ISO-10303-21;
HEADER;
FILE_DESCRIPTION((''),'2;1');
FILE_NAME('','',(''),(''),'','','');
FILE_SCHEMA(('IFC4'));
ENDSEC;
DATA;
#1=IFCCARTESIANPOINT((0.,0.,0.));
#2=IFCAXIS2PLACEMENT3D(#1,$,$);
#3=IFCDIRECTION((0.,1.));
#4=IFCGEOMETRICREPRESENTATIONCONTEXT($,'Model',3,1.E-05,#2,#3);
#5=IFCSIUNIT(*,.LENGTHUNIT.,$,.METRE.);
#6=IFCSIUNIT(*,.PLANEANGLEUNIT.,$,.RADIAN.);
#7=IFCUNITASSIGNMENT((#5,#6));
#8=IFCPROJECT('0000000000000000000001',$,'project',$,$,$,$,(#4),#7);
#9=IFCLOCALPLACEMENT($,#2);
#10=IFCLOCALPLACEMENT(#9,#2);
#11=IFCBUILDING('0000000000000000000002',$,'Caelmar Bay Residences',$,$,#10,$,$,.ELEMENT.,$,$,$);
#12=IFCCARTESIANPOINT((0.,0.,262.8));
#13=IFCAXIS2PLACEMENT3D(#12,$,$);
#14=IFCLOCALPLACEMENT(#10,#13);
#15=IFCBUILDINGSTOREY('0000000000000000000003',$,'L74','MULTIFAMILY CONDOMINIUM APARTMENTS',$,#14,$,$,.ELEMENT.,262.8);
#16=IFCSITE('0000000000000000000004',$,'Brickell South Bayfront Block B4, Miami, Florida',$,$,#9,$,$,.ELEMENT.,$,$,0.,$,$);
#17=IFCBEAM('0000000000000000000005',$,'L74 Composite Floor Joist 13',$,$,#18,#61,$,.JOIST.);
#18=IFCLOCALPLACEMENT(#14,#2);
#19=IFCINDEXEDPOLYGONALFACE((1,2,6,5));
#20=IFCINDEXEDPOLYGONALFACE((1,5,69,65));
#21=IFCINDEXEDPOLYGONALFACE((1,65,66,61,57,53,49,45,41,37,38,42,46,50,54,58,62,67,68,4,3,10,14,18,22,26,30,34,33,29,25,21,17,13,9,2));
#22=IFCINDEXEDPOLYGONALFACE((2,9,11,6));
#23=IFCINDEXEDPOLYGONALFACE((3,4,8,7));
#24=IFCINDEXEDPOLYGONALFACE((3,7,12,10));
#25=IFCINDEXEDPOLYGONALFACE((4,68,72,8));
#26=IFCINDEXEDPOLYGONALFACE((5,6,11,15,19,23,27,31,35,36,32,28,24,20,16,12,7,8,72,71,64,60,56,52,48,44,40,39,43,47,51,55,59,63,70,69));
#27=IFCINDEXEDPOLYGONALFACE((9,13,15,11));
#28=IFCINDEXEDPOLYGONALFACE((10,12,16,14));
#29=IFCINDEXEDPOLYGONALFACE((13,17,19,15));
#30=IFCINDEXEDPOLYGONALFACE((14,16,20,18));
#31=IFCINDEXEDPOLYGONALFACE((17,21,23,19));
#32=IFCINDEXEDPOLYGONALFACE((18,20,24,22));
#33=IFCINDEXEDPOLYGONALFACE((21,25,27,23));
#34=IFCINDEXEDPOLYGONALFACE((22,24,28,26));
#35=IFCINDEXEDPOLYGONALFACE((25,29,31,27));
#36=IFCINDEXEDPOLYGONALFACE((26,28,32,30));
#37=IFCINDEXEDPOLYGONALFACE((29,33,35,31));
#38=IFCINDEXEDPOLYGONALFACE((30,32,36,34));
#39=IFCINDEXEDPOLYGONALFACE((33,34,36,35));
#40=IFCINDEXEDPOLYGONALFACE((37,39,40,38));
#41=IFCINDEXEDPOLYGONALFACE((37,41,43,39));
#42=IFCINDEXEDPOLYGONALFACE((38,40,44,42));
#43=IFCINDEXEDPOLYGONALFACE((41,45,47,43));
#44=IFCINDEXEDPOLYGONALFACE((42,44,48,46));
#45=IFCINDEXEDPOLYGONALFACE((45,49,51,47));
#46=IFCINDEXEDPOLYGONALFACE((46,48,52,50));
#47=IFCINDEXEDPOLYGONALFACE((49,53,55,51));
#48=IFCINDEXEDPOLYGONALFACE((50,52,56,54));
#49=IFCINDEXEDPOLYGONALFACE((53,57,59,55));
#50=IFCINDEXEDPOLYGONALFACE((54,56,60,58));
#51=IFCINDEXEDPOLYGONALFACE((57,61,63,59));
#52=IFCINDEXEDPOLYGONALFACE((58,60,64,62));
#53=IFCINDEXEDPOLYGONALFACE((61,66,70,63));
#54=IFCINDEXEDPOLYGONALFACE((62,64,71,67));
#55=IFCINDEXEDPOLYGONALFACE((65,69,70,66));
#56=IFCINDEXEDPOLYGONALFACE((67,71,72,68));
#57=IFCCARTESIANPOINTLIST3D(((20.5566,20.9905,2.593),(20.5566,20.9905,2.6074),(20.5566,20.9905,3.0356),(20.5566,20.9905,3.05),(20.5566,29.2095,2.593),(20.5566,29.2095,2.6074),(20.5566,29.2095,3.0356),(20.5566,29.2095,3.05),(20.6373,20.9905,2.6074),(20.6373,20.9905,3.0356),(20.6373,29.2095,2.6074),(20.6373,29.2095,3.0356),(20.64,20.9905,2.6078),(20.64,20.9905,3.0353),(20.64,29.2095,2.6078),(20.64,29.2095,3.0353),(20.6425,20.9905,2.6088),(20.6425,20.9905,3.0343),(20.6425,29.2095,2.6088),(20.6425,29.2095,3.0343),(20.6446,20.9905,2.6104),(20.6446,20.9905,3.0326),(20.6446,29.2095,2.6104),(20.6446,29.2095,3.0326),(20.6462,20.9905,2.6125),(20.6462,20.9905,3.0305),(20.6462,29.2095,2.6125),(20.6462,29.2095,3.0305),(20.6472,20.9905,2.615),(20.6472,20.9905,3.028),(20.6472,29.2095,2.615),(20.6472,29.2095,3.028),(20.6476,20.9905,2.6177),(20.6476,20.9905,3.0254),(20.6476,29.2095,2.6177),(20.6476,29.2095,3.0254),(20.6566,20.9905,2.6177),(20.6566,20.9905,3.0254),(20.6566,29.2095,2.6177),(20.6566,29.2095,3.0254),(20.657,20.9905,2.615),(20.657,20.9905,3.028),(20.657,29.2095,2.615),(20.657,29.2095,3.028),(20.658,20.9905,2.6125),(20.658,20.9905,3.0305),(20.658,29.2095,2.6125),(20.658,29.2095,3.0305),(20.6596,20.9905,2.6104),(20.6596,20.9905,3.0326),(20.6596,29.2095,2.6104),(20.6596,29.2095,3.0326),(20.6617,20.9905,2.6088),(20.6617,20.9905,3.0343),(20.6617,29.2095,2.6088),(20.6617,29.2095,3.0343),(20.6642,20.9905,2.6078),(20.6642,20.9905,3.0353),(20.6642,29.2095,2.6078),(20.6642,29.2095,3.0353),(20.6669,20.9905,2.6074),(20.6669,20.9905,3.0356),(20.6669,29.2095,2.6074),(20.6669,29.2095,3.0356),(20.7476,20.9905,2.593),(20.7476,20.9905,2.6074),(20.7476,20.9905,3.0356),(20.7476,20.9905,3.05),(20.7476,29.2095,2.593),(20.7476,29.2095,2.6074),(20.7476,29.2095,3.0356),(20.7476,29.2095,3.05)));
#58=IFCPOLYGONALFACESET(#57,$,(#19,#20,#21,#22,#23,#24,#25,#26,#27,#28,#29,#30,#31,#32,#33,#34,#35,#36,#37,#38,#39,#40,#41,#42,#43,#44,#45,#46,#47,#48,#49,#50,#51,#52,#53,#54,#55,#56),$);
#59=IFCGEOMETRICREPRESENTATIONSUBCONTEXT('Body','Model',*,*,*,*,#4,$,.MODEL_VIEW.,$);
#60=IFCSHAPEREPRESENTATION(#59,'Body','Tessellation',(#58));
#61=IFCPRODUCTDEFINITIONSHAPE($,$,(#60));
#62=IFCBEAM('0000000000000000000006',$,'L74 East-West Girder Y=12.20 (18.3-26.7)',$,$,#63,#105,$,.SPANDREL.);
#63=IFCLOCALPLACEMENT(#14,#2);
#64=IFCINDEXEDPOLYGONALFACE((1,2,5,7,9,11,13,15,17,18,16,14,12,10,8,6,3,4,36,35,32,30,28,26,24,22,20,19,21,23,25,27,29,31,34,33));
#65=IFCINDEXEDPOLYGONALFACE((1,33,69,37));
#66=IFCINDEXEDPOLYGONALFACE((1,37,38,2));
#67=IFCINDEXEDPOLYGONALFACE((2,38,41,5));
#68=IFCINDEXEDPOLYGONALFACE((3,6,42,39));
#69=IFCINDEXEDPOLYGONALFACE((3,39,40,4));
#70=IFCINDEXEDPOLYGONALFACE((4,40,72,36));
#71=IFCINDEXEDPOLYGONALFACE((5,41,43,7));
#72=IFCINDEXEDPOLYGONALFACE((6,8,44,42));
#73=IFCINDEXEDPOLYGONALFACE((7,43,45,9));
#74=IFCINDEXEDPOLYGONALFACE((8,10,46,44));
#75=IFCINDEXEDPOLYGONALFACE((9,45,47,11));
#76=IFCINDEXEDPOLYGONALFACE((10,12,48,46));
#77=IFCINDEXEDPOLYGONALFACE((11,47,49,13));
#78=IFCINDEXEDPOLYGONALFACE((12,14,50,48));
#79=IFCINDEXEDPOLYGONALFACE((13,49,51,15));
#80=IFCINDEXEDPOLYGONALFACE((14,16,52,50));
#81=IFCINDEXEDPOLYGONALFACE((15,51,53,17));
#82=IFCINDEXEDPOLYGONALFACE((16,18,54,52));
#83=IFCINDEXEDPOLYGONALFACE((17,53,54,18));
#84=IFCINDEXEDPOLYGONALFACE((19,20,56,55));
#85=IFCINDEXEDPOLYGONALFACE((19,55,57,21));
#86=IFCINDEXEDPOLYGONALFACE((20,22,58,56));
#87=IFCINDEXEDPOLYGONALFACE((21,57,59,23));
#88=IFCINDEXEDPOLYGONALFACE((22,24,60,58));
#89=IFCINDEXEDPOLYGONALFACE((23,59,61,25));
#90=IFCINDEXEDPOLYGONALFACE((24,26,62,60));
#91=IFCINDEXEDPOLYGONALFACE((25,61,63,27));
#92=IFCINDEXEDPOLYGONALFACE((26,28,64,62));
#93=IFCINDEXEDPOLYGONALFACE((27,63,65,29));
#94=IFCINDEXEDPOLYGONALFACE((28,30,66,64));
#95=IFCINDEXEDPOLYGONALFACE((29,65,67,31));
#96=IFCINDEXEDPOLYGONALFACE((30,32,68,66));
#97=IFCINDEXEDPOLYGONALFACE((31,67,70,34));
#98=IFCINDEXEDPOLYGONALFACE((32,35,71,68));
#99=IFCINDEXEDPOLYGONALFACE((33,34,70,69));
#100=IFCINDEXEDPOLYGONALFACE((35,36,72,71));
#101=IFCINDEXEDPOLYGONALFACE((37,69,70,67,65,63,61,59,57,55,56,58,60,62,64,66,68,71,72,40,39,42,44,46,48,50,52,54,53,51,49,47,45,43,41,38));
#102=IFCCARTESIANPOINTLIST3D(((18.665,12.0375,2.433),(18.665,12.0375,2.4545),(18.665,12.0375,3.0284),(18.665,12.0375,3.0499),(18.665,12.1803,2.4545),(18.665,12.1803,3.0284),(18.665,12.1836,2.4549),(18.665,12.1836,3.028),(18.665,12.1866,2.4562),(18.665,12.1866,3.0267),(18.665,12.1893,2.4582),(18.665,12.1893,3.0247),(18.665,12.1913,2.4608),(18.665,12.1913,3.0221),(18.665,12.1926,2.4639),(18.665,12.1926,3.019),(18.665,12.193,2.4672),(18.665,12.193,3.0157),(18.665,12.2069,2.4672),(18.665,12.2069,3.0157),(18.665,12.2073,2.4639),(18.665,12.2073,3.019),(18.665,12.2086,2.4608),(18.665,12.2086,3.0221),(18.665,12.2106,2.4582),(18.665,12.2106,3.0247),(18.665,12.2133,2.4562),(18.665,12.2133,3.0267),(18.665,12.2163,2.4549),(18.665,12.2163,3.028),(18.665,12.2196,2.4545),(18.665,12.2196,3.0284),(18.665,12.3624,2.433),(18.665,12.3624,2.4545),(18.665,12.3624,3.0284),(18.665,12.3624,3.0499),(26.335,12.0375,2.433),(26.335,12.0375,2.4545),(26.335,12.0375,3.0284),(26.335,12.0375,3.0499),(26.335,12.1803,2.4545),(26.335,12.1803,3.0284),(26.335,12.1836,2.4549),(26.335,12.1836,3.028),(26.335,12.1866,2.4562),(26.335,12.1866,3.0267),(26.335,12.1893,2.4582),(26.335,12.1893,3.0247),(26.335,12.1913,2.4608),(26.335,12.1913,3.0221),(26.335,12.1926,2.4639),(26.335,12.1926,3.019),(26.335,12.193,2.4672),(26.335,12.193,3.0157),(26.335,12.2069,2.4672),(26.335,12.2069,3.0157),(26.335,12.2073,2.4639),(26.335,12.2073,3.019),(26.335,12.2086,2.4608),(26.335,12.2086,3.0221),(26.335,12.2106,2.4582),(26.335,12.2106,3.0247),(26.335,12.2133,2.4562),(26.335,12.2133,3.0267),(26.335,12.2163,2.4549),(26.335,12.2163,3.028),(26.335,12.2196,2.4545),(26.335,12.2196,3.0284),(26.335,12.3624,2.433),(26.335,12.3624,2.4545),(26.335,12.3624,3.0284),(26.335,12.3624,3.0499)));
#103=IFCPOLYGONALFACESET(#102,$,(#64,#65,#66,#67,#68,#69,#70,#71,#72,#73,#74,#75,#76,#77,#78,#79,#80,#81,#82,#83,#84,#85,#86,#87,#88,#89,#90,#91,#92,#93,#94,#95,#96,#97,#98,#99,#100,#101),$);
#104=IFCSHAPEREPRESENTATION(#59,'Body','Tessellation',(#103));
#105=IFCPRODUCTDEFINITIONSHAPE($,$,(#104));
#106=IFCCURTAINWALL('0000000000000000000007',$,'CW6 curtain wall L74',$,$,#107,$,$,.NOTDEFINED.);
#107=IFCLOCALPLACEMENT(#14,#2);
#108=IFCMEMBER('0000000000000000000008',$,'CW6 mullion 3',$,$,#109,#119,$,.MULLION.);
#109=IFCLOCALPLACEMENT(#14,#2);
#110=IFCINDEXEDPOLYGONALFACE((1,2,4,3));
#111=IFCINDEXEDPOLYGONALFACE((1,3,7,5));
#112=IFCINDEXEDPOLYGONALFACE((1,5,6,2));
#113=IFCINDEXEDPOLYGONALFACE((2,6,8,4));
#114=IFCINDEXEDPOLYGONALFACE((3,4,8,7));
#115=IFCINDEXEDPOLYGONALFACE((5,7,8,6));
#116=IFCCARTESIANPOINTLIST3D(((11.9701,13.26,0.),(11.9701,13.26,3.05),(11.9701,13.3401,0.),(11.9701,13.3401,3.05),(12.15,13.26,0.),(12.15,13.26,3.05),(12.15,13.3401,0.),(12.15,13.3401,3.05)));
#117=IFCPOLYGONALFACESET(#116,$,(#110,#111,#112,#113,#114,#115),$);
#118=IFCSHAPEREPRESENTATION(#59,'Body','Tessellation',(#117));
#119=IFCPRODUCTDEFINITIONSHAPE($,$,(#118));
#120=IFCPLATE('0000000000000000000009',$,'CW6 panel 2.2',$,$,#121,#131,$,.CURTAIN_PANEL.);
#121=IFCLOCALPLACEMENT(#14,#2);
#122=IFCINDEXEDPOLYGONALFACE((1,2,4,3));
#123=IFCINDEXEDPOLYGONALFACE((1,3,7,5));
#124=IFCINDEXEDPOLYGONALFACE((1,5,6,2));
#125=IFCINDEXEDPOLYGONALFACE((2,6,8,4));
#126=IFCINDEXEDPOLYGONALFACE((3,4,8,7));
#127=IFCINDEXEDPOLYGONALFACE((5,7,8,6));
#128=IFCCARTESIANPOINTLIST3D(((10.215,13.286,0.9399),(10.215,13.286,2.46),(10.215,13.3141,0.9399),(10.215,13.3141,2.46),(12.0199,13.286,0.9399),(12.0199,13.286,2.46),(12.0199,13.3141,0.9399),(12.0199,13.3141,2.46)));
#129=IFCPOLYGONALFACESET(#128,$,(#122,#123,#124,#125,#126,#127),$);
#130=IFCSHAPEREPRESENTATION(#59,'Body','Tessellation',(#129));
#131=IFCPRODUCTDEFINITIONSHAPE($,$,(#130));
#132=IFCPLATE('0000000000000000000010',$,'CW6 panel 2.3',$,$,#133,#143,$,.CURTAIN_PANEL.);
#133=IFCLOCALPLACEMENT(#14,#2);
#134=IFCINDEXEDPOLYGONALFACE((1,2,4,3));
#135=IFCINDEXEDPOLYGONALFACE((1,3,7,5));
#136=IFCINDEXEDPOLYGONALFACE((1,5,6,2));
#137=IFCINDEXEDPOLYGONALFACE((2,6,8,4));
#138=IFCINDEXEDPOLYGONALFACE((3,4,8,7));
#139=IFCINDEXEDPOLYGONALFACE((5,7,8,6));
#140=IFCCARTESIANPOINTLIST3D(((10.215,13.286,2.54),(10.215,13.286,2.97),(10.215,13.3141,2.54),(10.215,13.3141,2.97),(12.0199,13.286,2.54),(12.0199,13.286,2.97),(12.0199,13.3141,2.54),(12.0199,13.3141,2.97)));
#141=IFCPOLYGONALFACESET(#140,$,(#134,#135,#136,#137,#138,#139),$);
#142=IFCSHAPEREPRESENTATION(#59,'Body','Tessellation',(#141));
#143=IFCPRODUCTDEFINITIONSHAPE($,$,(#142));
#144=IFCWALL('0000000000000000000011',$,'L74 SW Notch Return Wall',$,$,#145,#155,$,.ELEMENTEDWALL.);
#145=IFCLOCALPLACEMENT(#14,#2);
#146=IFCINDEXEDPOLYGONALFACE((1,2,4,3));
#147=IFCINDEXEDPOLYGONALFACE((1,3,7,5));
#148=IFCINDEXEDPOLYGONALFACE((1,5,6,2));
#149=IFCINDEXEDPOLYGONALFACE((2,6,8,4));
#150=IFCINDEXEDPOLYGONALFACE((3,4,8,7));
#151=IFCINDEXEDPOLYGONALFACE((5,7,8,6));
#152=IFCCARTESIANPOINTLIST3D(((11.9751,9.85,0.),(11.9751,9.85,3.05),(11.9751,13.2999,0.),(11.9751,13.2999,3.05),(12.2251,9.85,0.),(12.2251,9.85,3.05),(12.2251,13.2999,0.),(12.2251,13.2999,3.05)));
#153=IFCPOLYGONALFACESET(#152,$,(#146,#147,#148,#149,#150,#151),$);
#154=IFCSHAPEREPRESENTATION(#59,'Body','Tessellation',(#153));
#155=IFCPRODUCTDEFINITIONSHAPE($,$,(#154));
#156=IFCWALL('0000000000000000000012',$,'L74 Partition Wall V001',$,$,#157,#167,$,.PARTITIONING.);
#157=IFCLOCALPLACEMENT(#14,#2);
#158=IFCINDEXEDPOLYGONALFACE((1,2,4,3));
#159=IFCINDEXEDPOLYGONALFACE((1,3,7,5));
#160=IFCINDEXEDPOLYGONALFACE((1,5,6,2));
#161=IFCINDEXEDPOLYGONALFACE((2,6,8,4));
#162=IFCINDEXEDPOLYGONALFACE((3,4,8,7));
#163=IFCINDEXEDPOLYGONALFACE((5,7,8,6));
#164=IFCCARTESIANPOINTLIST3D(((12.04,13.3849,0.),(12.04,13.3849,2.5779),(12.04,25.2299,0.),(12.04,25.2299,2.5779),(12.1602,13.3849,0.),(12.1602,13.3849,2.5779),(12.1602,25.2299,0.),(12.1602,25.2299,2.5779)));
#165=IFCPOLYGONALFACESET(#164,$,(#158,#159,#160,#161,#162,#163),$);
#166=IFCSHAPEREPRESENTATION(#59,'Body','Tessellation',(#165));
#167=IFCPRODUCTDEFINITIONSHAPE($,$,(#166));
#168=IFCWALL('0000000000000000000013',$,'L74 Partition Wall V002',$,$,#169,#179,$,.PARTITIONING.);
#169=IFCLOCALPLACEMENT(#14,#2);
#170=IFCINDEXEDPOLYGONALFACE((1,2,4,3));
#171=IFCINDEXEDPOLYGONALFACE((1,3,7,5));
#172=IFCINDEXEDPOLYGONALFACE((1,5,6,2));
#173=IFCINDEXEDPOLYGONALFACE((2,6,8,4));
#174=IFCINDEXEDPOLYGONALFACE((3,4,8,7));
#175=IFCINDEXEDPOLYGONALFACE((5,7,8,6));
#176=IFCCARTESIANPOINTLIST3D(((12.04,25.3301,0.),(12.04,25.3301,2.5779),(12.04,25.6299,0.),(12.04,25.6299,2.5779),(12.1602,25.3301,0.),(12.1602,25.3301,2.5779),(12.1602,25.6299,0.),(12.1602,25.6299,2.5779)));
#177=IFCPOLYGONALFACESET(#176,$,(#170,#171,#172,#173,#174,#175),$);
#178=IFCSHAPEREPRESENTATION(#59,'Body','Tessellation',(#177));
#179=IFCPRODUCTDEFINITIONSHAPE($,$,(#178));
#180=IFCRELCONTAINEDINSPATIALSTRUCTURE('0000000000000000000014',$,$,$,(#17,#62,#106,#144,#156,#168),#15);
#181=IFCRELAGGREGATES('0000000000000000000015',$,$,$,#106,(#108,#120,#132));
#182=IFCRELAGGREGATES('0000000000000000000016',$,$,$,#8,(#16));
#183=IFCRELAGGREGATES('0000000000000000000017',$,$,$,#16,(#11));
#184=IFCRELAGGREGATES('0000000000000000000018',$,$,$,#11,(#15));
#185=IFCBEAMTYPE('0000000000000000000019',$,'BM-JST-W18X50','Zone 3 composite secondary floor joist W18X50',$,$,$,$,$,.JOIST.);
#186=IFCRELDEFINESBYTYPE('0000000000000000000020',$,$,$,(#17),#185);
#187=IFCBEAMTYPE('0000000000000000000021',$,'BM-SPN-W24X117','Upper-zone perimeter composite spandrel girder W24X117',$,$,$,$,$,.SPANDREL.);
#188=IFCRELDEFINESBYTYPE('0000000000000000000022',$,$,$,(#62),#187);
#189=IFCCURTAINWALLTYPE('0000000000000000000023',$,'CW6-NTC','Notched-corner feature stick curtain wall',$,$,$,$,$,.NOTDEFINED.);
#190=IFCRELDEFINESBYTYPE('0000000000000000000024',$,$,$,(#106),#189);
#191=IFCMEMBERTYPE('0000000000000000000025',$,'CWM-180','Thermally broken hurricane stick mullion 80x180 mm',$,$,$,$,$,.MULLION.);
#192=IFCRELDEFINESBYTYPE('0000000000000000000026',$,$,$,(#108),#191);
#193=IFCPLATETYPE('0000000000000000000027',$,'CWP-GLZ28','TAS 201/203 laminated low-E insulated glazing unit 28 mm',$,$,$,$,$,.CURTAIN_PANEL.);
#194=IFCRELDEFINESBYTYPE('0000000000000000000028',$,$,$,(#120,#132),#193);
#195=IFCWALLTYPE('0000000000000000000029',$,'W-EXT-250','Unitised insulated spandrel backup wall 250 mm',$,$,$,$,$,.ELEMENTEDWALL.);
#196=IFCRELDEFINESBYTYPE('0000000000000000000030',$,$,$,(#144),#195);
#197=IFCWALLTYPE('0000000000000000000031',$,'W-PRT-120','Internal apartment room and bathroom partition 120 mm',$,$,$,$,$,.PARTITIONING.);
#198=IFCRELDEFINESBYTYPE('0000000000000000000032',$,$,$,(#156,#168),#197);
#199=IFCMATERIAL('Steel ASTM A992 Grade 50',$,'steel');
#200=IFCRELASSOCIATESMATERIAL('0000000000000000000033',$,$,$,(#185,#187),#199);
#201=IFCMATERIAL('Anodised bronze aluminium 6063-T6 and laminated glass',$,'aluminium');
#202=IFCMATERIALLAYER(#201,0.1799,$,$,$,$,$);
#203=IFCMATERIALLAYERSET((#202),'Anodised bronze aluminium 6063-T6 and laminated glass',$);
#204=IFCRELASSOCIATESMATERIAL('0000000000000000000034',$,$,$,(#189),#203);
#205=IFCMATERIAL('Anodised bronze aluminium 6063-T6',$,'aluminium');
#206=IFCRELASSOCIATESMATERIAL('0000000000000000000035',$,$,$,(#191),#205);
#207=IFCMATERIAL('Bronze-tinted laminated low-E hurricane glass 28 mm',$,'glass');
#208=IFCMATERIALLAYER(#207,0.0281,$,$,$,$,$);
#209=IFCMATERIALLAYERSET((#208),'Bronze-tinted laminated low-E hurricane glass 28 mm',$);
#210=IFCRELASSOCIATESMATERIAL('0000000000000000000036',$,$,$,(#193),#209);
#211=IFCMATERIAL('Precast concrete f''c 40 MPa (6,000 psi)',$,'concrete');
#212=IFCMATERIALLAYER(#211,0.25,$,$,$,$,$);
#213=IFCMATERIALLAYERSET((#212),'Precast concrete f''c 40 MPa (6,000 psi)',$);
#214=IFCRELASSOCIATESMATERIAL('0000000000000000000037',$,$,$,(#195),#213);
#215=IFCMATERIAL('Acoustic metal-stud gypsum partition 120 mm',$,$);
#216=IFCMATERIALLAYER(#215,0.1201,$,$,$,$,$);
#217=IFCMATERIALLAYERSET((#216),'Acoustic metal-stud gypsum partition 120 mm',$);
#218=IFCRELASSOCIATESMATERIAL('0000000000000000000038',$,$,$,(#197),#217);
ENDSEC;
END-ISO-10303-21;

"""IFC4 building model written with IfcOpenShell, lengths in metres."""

from ifc_helpers import new_model, si_unit, direction, frame, frame_2d, origin, origin_2d, place, context, subcontext, project, spatial, rectangle, i_section, extrude, material, layer, layer_set, material_profile, profile_set, type_object, element, aggregate, save


model = new_model("IFC4")

# Units and contexts
model_context = context("Model", 3, precision=1e-05, world=origin(), true_north=direction((0.0, 1.0)))
body_context = subcontext(model_context, "Body", "Model", "MODEL_VIEW")
ifc_project = project(units=[si_unit("LENGTHUNIT", "METRE"), si_unit("PLANEANGLEUNIT", "RADIAN")], contexts=[model_context])

# Site, building, storey
site_placement = place(None, origin())
site = spatial("IfcSite", under=ifc_project, at=site_placement, Name="Brickell South Bayfront Block B4, Miami, Florida", CompositionType="ELEMENT", RefElevation=0.0)
building_placement = place(site_placement, origin())
building = spatial("IfcBuilding", under=site, at=building_placement, Name="Caelmar Bay Residences", CompositionType="ELEMENT")
storey_placement = place(building_placement, frame((0.0, 0.0, 262.8)))
storey = spatial("IfcBuildingStorey", under=building, at=storey_placement, Name="L74", Description="MULTIFAMILY CONDOMINIUM APARTMENTS", CompositionType="ELEMENT", Elevation=262.8)

# Beams
ifc_material_1 = material(Name="Steel ASTM A992 Grade 50", Category="steel")
ifc_material_profile_1 = material_profile(ifc_material_1, i_section(OverallWidth=0.1909, OverallDepth=0.457, WebThickness=0.009, FlangeThickness=0.0144, FilletRadius=0.0103, at=origin_2d()), Name="W18X50")
ifc_profile_set_1 = profile_set([ifc_material_profile_1], Name="Steel ASTM A992 Grade 50")
beam_type_1 = type_object("IfcBeamType", Name="BM-JST-W18X50", Description="Zone 3 composite secondary floor joist W18X50", PredefinedType="JOIST", material=ifc_profile_set_1)
for number, where, z_axis, x_axis, name in (
    (1, (20.6521, 20.9905, 2.8215), (0.0, 1.0, 0.0), (-1.0, 0.0, 0.0), "L74 Composite Floor Joist 13"),
):
    element("IfcBeam", number, at=place(storey_placement, frame(where, z_axis=z_axis, x_axis=x_axis)), inside=storey, type_object=beam_type_1, Name=name, PredefinedType="JOIST", context=body_context, shape_type="SweptSolid", body=[
        extrude(i_section(OverallWidth=0.1909, OverallDepth=0.457, WebThickness=0.009, FlangeThickness=0.0144, FilletRadius=0.0103, at=origin_2d()), origin(), (0.0, 0.0, 1.0), 8.219),
    ])
ifc_material_profile_2 = material_profile(ifc_material_1, i_section(OverallWidth=0.325, OverallDepth=0.6169, WebThickness=0.0139, FlangeThickness=0.0215, FilletRadius=0.0127, at=origin_2d()), Name="W24X117")
ifc_profile_set_2 = profile_set([ifc_material_profile_2], Name="Steel ASTM A992 Grade 50")
beam_type_2 = type_object("IfcBeamType", Name="BM-SPN-W24X117", Description="Upper-zone perimeter composite spandrel girder W24X117", PredefinedType="SPANDREL", material=ifc_profile_set_2)
beam_1_placement = place(storey_placement, frame((18.665, 12.2, 2.7415), z_axis=(1.0, 0.0, 0.0), x_axis=(0.0, 1.0, 0.0)))
element("IfcBeam", 2, at=beam_1_placement, inside=storey, type_object=beam_type_2, Name="L74 East-West Girder Y=12.20 (18.3-26.7)", PredefinedType="SPANDREL", context=body_context, shape_type="SweptSolid", body=[
    extrude(i_section(OverallWidth=0.325, OverallDepth=0.6169, WebThickness=0.0139, FlangeThickness=0.0215, FilletRadius=0.0127, at=origin_2d()), origin(), (0.0, 0.0, 1.0), 7.6699),
])

# Curtain wall, member, plates
ifc_material_2 = material(Name="Anodised bronze aluminium 6063-T6 and laminated glass", Category="aluminium")
ifc_layer_1 = layer(ifc_material_2, 0.1799)
ifc_layer_set_1 = layer_set([ifc_layer_1], Name="Anodised bronze aluminium 6063-T6 and laminated glass")
curtain_wall_type = type_object("IfcCurtainWallType", Name="CW6-NTC", Description="Notched-corner feature stick curtain wall", PredefinedType="NOTDEFINED", material=ifc_layer_set_1)
curtain_wall_placement = place(storey_placement, origin())
curtain_wall = element("IfcCurtainWall", 3, at=curtain_wall_placement, inside=storey, type_object=curtain_wall_type, Name="CW6 curtain wall L74", PredefinedType="NOTDEFINED")
ifc_material_3 = material(Name="Anodised bronze aluminium 6063-T6", Category="aluminium")
ifc_material_profile_3 = material_profile(ifc_material_3, rectangle(XDim=0.0801, YDim=0.1799, at=origin_2d()), Name="CWM-80X180")
ifc_profile_set_3 = profile_set([ifc_material_profile_3], Name="Anodised bronze aluminium 6063-T6")
member_type = type_object("IfcMemberType", Name="CWM-180", Description="Thermally broken hurricane stick mullion 80x180 mm", PredefinedType="MULLION", material=ifc_profile_set_3)
member_placement = place(storey_placement, frame((12.0601, 13.3, 0.0), z_axis=(0.0, 0.0, 1.0), x_axis=(0.0, 1.0, 0.0)))
member = element("IfcMember", 4, at=member_placement, type_object=member_type, Name="CW6 mullion 3", PredefinedType="MULLION", context=body_context, shape_type="SweptSolid", body=[
    extrude(rectangle(XDim=0.0801, YDim=0.1799, at=origin_2d()), origin(), (0.0, 0.0, 1.0), 3.05),
])
ifc_material_4 = material(Name="Bronze-tinted laminated low-E hurricane glass 28 mm", Category="glass")
ifc_layer_2 = layer(ifc_material_4, 0.0281)
ifc_layer_set_2 = layer_set([ifc_layer_2], Name="Bronze-tinted laminated low-E hurricane glass 28 mm")
plate_type = type_object("IfcPlateType", Name="CWP-GLZ28", Description="TAS 201/203 laminated low-E insulated glazing unit 28 mm", PredefinedType="CURTAIN_PANEL", material=ifc_layer_set_2)
plate_1_placement = place(storey_placement, frame((11.1174, 13.3, 0.9399), z_axis=(0.0, 0.0, 1.0), x_axis=(1.0, 0.0, 0.0)))
plate_1 = element("IfcPlate", 5, at=plate_1_placement, type_object=plate_type, Name="CW6 panel 2.2", PredefinedType="CURTAIN_PANEL", context=body_context, shape_type="SweptSolid", body=[
    extrude(rectangle(XDim=1.8049, YDim=0.0281, at=origin_2d()), origin(), (0.0, 0.0, 1.0), 1.52),
])
plate_2_placement = place(storey_placement, frame((11.1174, 13.3, 2.54), z_axis=(0.0, 0.0, 1.0), x_axis=(1.0, 0.0, 0.0)))
plate_2 = element("IfcPlate", 6, at=plate_2_placement, type_object=plate_type, Name="CW6 panel 2.3", PredefinedType="CURTAIN_PANEL", context=body_context, shape_type="SweptSolid", body=[
    extrude(rectangle(XDim=1.8049, YDim=0.0281, at=origin_2d()), origin(), (0.0, 0.0, 1.0), 0.4299),
])
aggregate(curtain_wall, [member, plate_1, plate_2])

# Walls
ifc_material_5 = material(Name="Precast concrete f'c 40 MPa (6,000 psi)", Category="concrete")
ifc_layer_3 = layer(ifc_material_5, 0.25)
ifc_layer_set_3 = layer_set([ifc_layer_3], Name="Precast concrete f'c 40 MPa (6,000 psi)")
wall_type_1 = type_object("IfcWallType", Name="W-EXT-250", Description="Unitised insulated spandrel backup wall 250 mm", PredefinedType="ELEMENTEDWALL", material=ifc_layer_set_3)
wall_1_placement = place(storey_placement, frame((12.1001, 13.3, 0.0), z_axis=(0.0, 0.0, 1.0), x_axis=(0.0, -1.0, 0.0)))
element("IfcWall", 7, at=wall_1_placement, inside=storey, type_object=wall_type_1, Name="L74 SW Notch Return Wall", PredefinedType="ELEMENTEDWALL", context=body_context, shape_type="SweptSolid", body=[
    extrude(rectangle(XDim=3.45, YDim=0.25, at=frame_2d((1.7251, 0.0))), origin(), (0.0, 0.0, 1.0), 3.05),
])
ifc_material_6 = material(Name="Acoustic metal-stud gypsum partition 120 mm")
ifc_layer_4 = layer(ifc_material_6, 0.1201)
ifc_layer_set_4 = layer_set([ifc_layer_4], Name="Acoustic metal-stud gypsum partition 120 mm")
wall_type_2 = type_object("IfcWallType", Name="W-PRT-120", Description="Internal apartment room and bathroom partition 120 mm", PredefinedType="PARTITIONING", material=ifc_layer_set_4)
wall_2_placement = place(storey_placement, frame((12.1001, 13.385, 0.0), z_axis=(0.0, 0.0, 1.0), x_axis=(0.0, 1.0, 0.0)))
element("IfcWall", 8, at=wall_2_placement, inside=storey, type_object=wall_type_2, Name="L74 Partition Wall V001", PredefinedType="PARTITIONING", context=body_context, shape_type="SweptSolid", body=[
    extrude(rectangle(XDim=11.845, YDim=0.1201, at=frame_2d((5.9224, 0.0))), origin(), (0.0, 0.0, 1.0), 2.5779),
])
wall_3_placement = place(storey_placement, frame((12.1001, 25.3301, 0.0), z_axis=(0.0, 0.0, 1.0), x_axis=(0.0, 1.0, 0.0)))
element("IfcWall", 9, at=wall_3_placement, inside=storey, type_object=wall_type_2, Name="L74 Partition Wall V002", PredefinedType="PARTITIONING", context=body_context, shape_type="SweptSolid", body=[
    extrude(rectangle(XDim=0.2998, YDim=0.1201, at=frame_2d((0.1499, 0.0))), origin(), (0.0, 0.0, 1.0), 2.5779),
])

save(model, "model.ifc")
